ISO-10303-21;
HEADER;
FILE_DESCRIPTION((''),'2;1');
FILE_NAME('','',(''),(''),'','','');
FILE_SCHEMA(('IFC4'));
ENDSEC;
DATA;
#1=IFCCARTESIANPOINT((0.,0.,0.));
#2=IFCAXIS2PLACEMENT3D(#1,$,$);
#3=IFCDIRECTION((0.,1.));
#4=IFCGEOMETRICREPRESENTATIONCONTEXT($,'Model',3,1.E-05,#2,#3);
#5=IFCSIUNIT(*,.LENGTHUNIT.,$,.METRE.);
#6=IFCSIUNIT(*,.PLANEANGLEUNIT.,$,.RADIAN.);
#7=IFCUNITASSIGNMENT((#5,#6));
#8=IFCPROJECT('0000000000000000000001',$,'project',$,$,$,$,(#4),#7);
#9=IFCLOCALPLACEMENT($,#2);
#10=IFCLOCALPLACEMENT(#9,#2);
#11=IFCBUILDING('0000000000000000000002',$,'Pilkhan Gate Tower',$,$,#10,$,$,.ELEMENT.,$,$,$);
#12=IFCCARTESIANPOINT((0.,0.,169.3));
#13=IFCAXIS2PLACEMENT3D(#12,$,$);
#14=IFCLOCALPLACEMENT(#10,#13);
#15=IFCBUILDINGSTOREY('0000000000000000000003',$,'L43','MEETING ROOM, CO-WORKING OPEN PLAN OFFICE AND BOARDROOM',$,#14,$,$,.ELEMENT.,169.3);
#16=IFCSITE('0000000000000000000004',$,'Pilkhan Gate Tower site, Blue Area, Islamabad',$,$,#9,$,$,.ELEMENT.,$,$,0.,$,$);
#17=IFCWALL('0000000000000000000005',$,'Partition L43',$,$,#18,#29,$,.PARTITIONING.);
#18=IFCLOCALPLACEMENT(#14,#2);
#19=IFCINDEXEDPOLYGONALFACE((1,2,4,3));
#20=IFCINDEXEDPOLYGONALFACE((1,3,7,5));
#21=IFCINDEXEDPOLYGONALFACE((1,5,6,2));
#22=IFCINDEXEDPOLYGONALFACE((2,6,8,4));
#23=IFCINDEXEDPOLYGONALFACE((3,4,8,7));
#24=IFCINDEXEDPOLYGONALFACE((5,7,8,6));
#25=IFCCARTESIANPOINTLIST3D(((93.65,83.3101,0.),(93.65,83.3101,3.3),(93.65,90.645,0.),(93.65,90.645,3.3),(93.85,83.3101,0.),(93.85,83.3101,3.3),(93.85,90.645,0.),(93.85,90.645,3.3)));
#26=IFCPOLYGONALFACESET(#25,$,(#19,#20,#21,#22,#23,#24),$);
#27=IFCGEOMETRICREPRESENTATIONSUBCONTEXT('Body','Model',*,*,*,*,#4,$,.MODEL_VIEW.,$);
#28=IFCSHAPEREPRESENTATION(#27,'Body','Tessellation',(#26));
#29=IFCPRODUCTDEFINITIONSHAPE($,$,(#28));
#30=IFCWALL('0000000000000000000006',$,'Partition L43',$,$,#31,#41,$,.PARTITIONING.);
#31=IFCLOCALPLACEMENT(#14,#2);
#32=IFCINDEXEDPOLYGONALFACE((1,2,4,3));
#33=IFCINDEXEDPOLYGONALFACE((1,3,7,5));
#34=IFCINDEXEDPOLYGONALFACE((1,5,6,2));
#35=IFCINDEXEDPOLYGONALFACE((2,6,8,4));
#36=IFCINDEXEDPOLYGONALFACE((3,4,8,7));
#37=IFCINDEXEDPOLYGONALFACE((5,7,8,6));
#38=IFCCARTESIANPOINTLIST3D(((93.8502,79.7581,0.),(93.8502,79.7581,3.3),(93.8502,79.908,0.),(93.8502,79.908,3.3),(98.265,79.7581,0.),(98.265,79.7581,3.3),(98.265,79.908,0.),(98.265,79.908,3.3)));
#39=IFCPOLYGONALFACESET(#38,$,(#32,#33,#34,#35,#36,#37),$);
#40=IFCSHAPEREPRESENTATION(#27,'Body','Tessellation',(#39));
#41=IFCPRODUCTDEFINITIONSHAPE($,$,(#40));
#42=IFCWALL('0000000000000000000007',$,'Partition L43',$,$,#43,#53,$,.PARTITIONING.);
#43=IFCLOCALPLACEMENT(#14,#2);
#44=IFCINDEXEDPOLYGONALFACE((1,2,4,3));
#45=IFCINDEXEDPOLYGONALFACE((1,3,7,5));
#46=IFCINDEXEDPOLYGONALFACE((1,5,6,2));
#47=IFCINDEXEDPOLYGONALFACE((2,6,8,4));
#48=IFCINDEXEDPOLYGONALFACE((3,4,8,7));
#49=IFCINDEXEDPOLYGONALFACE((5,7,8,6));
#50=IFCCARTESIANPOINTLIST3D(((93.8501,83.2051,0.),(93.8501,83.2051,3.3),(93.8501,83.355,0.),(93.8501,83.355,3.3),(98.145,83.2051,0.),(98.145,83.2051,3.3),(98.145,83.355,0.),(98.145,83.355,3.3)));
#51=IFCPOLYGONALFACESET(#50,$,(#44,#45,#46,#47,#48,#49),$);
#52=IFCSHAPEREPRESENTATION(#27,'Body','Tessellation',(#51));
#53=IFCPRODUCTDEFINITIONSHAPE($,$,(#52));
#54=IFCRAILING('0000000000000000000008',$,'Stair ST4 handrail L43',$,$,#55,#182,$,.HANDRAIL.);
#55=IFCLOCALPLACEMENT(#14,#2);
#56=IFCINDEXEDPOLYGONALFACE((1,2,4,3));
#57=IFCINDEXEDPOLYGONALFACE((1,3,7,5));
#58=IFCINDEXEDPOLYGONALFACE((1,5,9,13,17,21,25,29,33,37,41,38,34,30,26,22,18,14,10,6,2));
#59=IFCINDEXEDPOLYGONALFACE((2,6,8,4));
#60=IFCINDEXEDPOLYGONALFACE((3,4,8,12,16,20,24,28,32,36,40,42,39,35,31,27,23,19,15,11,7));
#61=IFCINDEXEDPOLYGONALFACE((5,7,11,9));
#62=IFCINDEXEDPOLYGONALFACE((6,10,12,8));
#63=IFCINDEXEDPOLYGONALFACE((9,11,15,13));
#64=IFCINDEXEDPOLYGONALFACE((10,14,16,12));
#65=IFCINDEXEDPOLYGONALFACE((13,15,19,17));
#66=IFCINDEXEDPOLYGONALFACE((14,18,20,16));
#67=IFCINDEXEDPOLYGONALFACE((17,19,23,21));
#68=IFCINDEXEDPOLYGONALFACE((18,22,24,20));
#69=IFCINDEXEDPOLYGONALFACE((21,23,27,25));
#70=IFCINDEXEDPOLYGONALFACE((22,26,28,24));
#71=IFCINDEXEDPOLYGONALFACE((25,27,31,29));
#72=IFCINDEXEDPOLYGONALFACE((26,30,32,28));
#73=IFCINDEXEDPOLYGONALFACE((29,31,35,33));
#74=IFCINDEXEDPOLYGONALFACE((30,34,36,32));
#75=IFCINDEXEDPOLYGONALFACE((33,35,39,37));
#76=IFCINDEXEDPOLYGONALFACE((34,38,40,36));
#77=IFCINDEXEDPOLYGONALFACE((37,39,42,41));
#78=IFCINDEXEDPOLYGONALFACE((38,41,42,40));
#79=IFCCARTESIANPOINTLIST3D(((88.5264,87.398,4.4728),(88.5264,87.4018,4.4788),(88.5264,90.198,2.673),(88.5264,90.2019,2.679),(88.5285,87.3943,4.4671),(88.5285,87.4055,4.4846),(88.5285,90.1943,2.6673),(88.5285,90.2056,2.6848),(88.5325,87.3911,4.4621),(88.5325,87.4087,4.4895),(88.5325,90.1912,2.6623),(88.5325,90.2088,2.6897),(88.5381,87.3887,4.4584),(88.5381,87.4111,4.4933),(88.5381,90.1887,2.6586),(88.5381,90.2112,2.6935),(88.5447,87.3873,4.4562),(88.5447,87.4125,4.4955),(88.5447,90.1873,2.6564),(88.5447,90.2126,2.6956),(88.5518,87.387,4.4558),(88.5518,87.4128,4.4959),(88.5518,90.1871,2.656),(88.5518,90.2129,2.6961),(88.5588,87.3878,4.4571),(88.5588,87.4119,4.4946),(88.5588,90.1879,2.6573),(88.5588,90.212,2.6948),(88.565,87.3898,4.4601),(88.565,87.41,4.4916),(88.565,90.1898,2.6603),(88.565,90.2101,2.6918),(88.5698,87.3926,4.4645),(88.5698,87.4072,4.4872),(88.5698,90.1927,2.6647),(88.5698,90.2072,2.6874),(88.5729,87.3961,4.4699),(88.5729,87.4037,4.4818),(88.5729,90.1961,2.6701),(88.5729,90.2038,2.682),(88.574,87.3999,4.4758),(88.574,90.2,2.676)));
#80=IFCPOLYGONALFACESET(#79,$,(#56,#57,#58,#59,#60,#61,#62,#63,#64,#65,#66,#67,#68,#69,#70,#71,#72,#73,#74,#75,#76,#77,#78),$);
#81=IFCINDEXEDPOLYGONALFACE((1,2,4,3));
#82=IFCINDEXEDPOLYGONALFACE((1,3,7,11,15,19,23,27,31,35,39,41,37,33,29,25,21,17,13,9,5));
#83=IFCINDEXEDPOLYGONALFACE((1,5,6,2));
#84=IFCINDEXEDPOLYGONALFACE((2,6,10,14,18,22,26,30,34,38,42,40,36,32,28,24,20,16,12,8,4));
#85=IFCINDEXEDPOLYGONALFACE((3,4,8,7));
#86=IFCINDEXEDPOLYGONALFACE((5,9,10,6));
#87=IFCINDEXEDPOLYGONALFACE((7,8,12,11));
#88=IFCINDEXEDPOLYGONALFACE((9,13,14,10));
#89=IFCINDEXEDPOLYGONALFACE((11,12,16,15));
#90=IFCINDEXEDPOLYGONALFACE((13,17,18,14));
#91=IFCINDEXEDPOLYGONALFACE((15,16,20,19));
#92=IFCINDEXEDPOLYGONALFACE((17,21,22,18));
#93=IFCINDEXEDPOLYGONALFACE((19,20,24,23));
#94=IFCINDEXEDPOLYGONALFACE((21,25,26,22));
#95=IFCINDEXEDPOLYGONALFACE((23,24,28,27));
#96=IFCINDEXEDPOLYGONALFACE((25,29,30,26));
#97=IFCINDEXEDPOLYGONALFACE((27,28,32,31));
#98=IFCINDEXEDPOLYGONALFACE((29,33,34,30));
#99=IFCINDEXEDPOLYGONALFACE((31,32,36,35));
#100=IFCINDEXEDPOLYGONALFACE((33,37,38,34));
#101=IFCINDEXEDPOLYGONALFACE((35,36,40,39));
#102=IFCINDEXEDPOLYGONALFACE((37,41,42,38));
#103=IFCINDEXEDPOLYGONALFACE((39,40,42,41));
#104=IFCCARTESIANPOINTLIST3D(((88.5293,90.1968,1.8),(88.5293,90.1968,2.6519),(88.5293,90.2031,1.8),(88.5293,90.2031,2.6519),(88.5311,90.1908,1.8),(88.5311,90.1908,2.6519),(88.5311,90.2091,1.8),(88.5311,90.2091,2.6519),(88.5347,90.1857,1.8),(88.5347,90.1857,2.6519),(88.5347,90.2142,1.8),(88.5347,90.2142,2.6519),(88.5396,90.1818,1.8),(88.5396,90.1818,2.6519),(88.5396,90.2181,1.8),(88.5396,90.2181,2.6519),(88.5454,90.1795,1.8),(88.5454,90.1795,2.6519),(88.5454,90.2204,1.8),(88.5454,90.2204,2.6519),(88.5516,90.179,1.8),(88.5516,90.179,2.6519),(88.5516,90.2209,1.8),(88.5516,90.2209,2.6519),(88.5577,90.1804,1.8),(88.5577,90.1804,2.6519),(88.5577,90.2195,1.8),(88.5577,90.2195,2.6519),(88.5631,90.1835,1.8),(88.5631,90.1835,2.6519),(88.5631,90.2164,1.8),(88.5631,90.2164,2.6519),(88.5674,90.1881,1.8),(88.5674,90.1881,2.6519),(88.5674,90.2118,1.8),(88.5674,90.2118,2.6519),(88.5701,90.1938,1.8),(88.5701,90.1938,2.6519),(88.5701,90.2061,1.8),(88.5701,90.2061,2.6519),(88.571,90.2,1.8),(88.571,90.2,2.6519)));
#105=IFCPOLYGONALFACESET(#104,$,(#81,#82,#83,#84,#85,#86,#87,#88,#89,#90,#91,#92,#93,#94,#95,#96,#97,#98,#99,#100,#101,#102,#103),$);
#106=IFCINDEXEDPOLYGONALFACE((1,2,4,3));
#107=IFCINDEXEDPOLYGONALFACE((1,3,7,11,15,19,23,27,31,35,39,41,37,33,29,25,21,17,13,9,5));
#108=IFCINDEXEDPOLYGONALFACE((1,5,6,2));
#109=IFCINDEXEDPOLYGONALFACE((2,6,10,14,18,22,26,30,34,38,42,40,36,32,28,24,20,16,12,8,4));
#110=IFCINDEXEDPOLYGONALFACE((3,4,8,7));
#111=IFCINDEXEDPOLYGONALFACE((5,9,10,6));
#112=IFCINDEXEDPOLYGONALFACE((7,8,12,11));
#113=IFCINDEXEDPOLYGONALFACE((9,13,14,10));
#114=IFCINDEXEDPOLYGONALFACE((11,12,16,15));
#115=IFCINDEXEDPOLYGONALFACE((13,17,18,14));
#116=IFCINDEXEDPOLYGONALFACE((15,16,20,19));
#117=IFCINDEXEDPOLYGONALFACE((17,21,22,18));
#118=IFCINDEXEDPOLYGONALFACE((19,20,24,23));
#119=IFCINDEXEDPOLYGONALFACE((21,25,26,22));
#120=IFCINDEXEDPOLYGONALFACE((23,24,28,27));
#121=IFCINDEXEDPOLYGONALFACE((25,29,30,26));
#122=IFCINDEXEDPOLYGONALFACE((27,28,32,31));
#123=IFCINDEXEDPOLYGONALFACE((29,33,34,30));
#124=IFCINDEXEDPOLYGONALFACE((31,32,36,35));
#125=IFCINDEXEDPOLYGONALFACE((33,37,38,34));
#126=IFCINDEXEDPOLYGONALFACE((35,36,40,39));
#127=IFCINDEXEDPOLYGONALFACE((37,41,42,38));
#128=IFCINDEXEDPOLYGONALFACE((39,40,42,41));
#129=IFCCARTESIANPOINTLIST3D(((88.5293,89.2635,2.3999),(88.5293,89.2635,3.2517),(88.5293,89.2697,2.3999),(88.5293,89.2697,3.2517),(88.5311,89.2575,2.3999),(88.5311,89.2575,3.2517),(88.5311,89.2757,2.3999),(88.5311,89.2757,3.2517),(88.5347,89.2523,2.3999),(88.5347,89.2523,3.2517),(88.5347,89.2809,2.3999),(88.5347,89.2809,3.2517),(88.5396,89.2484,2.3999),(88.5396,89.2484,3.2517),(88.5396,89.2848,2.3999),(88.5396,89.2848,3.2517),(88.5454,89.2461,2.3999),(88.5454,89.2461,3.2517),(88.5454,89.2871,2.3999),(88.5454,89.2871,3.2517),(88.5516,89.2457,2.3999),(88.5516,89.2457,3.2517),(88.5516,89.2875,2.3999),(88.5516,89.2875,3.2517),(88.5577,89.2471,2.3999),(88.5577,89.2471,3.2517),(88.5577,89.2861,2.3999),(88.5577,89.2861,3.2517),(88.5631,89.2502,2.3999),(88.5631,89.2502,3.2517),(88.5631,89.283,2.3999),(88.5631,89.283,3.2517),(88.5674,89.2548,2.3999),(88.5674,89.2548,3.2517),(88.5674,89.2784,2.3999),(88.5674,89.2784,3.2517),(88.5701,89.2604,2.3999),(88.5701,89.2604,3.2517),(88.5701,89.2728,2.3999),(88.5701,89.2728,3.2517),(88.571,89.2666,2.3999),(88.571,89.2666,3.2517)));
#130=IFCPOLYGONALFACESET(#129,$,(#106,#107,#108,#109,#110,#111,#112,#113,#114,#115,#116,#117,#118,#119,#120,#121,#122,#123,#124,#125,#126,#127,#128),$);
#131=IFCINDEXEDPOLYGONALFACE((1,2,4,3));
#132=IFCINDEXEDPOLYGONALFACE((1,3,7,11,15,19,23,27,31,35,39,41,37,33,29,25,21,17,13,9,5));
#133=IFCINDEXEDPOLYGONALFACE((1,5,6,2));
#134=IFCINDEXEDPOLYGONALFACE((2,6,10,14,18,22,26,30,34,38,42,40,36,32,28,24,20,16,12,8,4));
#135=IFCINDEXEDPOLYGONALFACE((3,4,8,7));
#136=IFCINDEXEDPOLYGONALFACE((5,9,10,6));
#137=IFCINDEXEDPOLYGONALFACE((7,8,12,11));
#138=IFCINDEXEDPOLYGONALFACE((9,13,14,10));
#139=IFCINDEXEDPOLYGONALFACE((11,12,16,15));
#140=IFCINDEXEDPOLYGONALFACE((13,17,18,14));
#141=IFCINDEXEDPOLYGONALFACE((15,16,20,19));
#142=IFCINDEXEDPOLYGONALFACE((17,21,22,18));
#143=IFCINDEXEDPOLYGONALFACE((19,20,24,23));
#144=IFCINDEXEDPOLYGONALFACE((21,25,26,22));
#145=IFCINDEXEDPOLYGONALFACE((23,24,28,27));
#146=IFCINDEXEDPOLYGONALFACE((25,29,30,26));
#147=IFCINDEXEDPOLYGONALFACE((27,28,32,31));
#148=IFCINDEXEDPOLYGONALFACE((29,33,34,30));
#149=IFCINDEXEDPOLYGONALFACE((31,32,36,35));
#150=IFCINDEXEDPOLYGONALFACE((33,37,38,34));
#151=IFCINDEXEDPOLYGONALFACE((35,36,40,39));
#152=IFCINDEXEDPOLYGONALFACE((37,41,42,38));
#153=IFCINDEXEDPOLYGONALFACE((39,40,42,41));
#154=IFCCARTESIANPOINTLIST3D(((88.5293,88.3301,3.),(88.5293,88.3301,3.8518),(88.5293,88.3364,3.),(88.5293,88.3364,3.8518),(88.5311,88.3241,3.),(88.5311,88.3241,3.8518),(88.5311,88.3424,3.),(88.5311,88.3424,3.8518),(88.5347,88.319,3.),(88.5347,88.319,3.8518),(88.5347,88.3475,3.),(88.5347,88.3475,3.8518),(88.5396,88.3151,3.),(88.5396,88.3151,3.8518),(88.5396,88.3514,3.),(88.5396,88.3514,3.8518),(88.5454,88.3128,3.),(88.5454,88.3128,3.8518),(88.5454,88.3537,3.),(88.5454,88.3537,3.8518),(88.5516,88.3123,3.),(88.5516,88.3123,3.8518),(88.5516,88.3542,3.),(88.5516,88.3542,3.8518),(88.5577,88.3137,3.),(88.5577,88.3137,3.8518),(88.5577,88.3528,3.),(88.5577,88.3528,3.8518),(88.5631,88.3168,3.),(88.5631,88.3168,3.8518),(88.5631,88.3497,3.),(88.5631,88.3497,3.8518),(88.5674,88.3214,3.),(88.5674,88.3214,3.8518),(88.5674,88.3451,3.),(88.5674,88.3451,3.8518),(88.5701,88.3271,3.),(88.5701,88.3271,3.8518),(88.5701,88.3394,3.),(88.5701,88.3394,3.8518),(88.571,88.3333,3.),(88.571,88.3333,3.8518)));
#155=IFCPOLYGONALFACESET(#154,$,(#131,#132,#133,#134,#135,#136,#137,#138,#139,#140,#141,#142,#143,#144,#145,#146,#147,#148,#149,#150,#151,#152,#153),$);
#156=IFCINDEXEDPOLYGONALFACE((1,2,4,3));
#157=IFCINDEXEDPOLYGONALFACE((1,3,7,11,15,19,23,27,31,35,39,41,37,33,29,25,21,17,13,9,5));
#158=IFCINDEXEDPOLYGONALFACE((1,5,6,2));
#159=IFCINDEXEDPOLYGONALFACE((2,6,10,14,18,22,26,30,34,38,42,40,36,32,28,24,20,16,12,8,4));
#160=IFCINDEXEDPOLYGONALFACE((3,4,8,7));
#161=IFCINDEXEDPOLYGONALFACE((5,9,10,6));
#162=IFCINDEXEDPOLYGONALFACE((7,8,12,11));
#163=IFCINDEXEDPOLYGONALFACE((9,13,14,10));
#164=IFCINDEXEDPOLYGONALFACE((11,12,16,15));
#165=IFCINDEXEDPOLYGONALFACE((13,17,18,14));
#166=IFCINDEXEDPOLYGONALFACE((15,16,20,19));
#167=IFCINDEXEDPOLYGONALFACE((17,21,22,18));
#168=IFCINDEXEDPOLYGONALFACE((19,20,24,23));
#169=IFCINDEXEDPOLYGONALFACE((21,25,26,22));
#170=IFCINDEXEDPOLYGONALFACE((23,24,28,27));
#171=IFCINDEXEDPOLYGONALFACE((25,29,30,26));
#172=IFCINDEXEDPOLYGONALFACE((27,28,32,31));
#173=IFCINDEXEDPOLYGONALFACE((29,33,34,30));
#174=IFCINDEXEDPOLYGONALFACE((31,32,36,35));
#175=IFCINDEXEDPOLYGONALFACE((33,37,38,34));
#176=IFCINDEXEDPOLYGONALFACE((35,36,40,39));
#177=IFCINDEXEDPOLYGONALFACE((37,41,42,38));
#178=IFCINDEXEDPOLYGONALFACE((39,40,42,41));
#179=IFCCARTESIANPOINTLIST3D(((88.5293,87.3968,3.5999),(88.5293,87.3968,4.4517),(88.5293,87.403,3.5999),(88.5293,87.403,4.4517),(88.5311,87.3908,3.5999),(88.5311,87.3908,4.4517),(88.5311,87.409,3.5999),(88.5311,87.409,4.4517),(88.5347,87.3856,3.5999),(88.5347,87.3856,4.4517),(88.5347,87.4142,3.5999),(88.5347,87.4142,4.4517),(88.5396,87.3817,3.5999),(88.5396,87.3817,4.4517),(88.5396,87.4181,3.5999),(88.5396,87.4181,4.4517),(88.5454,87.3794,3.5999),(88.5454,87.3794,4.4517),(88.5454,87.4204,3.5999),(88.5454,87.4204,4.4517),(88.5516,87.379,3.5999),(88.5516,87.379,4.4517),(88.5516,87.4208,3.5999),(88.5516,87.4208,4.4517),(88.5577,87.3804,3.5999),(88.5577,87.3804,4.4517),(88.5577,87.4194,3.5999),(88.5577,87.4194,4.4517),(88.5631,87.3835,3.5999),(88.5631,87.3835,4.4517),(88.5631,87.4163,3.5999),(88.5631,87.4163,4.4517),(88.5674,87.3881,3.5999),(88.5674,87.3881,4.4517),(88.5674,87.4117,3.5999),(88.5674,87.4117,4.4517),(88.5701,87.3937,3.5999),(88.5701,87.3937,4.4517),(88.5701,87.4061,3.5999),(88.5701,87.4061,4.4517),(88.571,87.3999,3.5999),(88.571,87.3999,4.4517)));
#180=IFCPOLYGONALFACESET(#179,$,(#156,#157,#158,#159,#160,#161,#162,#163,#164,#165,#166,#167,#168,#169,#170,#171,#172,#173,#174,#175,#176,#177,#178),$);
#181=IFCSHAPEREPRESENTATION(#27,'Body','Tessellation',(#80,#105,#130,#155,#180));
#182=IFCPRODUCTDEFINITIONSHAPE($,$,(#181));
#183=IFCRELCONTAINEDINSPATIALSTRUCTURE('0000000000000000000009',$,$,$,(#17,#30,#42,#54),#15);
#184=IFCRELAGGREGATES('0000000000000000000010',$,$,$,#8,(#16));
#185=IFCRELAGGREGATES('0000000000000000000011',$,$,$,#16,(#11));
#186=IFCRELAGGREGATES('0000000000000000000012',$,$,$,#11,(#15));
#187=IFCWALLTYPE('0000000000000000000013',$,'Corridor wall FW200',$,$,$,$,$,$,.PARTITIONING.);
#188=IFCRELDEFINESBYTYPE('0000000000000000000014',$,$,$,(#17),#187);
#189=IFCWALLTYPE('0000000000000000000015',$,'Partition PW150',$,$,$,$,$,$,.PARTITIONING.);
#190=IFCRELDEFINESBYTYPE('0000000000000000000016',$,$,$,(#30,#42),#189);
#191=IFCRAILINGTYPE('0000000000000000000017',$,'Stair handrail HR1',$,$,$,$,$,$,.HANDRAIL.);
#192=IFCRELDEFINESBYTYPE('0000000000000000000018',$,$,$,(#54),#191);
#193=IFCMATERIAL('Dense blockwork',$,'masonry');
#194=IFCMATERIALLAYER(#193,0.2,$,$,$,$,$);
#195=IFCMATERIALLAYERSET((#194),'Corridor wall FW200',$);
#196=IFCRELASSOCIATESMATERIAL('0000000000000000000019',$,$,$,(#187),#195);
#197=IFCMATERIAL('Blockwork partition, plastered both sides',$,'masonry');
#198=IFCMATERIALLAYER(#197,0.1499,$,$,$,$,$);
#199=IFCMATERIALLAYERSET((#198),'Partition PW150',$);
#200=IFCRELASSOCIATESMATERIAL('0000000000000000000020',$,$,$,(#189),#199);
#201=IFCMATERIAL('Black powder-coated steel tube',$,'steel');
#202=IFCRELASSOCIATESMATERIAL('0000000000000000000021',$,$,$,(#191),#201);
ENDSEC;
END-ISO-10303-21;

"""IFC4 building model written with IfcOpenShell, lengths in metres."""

from ifc_helpers import new_model, si_unit, direction, frame, frame_2d, origin, origin_2d, place, context, subcontext, project, spatial, rectangle, circle, extrude, material, layer, layer_set, type_object, element, save


model = new_model("IFC4")

# Units and contexts
model_context = context("Model", 3, precision=1e-05, world=origin(), true_north=direction((0.0, 1.0)))
body_context = subcontext(model_context, "Body", "Model", "MODEL_VIEW")
ifc_project = project(units=[si_unit("LENGTHUNIT", "METRE"), si_unit("PLANEANGLEUNIT", "RADIAN")], contexts=[model_context])

# Site, building, storey
site_placement = place(None, origin())
site = spatial("IfcSite", under=ifc_project, at=site_placement, Name="Pilkhan Gate Tower site, Blue Area, Islamabad", CompositionType="ELEMENT", RefElevation=0.0)
building_placement = place(site_placement, origin())
building = spatial("IfcBuilding", under=site, at=building_placement, Name="Pilkhan Gate Tower", CompositionType="ELEMENT")
storey_placement = place(building_placement, frame((0.0, 0.0, 169.3)))
storey = spatial("IfcBuildingStorey", under=building, at=storey_placement, Name="L43", Description="MEETING ROOM, CO-WORKING OPEN PLAN OFFICE AND BOARDROOM", CompositionType="ELEMENT", Elevation=169.3)

# Walls
ifc_material_1 = material(Name="Dense blockwork", Category="masonry")
ifc_layer_1 = layer(ifc_material_1, 0.2)
ifc_layer_set_1 = layer_set([ifc_layer_1], Name="Corridor wall FW200")
wall_type_1 = type_object("IfcWallType", Name="Corridor wall FW200", PredefinedType="PARTITIONING", material=ifc_layer_set_1)
wall_1_placement = place(storey_placement, frame((93.75, 83.3101, 0.0), z_axis=(0.0, 0.0, 1.0), x_axis=(0.0, 1.0, 0.0)))
element("IfcWall", 1, at=wall_1_placement, inside=storey, type_object=wall_type_1, Name="Partition L43", PredefinedType="PARTITIONING", context=body_context, shape_type="SweptSolid", body=[
    extrude(rectangle(XDim=7.335, YDim=0.2, at=frame_2d((3.6675, 0.0))), origin(), (0.0, 0.0, 1.0), 3.3),
])
ifc_material_2 = material(Name="Blockwork partition, plastered both sides", Category="masonry")
ifc_layer_2 = layer(ifc_material_2, 0.1499)
ifc_layer_set_2 = layer_set([ifc_layer_2], Name="Partition PW150")
wall_type_2 = type_object("IfcWallType", Name="Partition PW150", PredefinedType="PARTITIONING", material=ifc_layer_set_2)
wall_2_placement = place(storey_placement, frame((93.8501, 79.833, 0.0), z_axis=(0.0, 0.0, 1.0), x_axis=(1.0, 0.0, 0.0)))
element("IfcWall", 2, at=wall_2_placement, inside=storey, type_object=wall_type_2, Name="Partition L43", PredefinedType="PARTITIONING", context=body_context, shape_type="SweptSolid", body=[
    extrude(rectangle(XDim=4.4148, YDim=0.1499, at=frame_2d((2.2075, 0.0))), origin(), (0.0, 0.0, 1.0), 3.3),
])
wall_3_placement = place(storey_placement, frame((93.8501, 83.28, 0.0), z_axis=(0.0, 0.0, 1.0), x_axis=(1.0, 0.0, 0.0)))
element("IfcWall", 3, at=wall_3_placement, inside=storey, type_object=wall_type_2, Name="Partition L43", PredefinedType="PARTITIONING", context=body_context, shape_type="SweptSolid", body=[
    extrude(rectangle(XDim=4.2949, YDim=0.1499, at=frame_2d((2.1475, 0.0))), origin(), (0.0, 0.0, 1.0), 3.3),
])

# Railing
ifc_material_3 = material(Name="Black powder-coated steel tube", Category="steel")
railing_type_1 = type_object("IfcRailingType", Name="Stair handrail HR1", PredefinedType="HANDRAIL", material=ifc_material_3)
railing_placement = place(storey_placement, frame((88.55, 90.2, 1.8)))
element("IfcRailing", 4, at=railing_placement, inside=storey, type_object=railing_type_1, Name="Stair ST4 handrail L43", PredefinedType="HANDRAIL", context=body_context, shape_type="SweptSolid", body=[
    extrude(circle(Radius=0.0239, at=origin_2d()), frame((0.0, 0.0, 0.876), z_axis=(0.0, -0.841209, 0.540709), x_axis=(1.0, 0.0, 0.0)), (0.0, 0.0, 1.0), 3.3286),
    extrude(circle(Radius=0.021, at=origin_2d()), origin(), (0.0, 0.0, 1.0), 0.8518),
    extrude(circle(Radius=0.021, at=origin_2d()), frame((0.0, -0.9333, 0.5999)), (0.0, 0.0, 1.0), 0.8518),
    extrude(circle(Radius=0.021, at=origin_2d()), frame((0.0, -1.8667, 1.2)), (0.0, 0.0, 1.0), 0.8518),
    extrude(circle(Radius=0.021, at=origin_2d()), frame((0.0, -2.8, 1.7998)), (0.0, 0.0, 1.0), 0.8518),
])

save(model, "model.ifc")
